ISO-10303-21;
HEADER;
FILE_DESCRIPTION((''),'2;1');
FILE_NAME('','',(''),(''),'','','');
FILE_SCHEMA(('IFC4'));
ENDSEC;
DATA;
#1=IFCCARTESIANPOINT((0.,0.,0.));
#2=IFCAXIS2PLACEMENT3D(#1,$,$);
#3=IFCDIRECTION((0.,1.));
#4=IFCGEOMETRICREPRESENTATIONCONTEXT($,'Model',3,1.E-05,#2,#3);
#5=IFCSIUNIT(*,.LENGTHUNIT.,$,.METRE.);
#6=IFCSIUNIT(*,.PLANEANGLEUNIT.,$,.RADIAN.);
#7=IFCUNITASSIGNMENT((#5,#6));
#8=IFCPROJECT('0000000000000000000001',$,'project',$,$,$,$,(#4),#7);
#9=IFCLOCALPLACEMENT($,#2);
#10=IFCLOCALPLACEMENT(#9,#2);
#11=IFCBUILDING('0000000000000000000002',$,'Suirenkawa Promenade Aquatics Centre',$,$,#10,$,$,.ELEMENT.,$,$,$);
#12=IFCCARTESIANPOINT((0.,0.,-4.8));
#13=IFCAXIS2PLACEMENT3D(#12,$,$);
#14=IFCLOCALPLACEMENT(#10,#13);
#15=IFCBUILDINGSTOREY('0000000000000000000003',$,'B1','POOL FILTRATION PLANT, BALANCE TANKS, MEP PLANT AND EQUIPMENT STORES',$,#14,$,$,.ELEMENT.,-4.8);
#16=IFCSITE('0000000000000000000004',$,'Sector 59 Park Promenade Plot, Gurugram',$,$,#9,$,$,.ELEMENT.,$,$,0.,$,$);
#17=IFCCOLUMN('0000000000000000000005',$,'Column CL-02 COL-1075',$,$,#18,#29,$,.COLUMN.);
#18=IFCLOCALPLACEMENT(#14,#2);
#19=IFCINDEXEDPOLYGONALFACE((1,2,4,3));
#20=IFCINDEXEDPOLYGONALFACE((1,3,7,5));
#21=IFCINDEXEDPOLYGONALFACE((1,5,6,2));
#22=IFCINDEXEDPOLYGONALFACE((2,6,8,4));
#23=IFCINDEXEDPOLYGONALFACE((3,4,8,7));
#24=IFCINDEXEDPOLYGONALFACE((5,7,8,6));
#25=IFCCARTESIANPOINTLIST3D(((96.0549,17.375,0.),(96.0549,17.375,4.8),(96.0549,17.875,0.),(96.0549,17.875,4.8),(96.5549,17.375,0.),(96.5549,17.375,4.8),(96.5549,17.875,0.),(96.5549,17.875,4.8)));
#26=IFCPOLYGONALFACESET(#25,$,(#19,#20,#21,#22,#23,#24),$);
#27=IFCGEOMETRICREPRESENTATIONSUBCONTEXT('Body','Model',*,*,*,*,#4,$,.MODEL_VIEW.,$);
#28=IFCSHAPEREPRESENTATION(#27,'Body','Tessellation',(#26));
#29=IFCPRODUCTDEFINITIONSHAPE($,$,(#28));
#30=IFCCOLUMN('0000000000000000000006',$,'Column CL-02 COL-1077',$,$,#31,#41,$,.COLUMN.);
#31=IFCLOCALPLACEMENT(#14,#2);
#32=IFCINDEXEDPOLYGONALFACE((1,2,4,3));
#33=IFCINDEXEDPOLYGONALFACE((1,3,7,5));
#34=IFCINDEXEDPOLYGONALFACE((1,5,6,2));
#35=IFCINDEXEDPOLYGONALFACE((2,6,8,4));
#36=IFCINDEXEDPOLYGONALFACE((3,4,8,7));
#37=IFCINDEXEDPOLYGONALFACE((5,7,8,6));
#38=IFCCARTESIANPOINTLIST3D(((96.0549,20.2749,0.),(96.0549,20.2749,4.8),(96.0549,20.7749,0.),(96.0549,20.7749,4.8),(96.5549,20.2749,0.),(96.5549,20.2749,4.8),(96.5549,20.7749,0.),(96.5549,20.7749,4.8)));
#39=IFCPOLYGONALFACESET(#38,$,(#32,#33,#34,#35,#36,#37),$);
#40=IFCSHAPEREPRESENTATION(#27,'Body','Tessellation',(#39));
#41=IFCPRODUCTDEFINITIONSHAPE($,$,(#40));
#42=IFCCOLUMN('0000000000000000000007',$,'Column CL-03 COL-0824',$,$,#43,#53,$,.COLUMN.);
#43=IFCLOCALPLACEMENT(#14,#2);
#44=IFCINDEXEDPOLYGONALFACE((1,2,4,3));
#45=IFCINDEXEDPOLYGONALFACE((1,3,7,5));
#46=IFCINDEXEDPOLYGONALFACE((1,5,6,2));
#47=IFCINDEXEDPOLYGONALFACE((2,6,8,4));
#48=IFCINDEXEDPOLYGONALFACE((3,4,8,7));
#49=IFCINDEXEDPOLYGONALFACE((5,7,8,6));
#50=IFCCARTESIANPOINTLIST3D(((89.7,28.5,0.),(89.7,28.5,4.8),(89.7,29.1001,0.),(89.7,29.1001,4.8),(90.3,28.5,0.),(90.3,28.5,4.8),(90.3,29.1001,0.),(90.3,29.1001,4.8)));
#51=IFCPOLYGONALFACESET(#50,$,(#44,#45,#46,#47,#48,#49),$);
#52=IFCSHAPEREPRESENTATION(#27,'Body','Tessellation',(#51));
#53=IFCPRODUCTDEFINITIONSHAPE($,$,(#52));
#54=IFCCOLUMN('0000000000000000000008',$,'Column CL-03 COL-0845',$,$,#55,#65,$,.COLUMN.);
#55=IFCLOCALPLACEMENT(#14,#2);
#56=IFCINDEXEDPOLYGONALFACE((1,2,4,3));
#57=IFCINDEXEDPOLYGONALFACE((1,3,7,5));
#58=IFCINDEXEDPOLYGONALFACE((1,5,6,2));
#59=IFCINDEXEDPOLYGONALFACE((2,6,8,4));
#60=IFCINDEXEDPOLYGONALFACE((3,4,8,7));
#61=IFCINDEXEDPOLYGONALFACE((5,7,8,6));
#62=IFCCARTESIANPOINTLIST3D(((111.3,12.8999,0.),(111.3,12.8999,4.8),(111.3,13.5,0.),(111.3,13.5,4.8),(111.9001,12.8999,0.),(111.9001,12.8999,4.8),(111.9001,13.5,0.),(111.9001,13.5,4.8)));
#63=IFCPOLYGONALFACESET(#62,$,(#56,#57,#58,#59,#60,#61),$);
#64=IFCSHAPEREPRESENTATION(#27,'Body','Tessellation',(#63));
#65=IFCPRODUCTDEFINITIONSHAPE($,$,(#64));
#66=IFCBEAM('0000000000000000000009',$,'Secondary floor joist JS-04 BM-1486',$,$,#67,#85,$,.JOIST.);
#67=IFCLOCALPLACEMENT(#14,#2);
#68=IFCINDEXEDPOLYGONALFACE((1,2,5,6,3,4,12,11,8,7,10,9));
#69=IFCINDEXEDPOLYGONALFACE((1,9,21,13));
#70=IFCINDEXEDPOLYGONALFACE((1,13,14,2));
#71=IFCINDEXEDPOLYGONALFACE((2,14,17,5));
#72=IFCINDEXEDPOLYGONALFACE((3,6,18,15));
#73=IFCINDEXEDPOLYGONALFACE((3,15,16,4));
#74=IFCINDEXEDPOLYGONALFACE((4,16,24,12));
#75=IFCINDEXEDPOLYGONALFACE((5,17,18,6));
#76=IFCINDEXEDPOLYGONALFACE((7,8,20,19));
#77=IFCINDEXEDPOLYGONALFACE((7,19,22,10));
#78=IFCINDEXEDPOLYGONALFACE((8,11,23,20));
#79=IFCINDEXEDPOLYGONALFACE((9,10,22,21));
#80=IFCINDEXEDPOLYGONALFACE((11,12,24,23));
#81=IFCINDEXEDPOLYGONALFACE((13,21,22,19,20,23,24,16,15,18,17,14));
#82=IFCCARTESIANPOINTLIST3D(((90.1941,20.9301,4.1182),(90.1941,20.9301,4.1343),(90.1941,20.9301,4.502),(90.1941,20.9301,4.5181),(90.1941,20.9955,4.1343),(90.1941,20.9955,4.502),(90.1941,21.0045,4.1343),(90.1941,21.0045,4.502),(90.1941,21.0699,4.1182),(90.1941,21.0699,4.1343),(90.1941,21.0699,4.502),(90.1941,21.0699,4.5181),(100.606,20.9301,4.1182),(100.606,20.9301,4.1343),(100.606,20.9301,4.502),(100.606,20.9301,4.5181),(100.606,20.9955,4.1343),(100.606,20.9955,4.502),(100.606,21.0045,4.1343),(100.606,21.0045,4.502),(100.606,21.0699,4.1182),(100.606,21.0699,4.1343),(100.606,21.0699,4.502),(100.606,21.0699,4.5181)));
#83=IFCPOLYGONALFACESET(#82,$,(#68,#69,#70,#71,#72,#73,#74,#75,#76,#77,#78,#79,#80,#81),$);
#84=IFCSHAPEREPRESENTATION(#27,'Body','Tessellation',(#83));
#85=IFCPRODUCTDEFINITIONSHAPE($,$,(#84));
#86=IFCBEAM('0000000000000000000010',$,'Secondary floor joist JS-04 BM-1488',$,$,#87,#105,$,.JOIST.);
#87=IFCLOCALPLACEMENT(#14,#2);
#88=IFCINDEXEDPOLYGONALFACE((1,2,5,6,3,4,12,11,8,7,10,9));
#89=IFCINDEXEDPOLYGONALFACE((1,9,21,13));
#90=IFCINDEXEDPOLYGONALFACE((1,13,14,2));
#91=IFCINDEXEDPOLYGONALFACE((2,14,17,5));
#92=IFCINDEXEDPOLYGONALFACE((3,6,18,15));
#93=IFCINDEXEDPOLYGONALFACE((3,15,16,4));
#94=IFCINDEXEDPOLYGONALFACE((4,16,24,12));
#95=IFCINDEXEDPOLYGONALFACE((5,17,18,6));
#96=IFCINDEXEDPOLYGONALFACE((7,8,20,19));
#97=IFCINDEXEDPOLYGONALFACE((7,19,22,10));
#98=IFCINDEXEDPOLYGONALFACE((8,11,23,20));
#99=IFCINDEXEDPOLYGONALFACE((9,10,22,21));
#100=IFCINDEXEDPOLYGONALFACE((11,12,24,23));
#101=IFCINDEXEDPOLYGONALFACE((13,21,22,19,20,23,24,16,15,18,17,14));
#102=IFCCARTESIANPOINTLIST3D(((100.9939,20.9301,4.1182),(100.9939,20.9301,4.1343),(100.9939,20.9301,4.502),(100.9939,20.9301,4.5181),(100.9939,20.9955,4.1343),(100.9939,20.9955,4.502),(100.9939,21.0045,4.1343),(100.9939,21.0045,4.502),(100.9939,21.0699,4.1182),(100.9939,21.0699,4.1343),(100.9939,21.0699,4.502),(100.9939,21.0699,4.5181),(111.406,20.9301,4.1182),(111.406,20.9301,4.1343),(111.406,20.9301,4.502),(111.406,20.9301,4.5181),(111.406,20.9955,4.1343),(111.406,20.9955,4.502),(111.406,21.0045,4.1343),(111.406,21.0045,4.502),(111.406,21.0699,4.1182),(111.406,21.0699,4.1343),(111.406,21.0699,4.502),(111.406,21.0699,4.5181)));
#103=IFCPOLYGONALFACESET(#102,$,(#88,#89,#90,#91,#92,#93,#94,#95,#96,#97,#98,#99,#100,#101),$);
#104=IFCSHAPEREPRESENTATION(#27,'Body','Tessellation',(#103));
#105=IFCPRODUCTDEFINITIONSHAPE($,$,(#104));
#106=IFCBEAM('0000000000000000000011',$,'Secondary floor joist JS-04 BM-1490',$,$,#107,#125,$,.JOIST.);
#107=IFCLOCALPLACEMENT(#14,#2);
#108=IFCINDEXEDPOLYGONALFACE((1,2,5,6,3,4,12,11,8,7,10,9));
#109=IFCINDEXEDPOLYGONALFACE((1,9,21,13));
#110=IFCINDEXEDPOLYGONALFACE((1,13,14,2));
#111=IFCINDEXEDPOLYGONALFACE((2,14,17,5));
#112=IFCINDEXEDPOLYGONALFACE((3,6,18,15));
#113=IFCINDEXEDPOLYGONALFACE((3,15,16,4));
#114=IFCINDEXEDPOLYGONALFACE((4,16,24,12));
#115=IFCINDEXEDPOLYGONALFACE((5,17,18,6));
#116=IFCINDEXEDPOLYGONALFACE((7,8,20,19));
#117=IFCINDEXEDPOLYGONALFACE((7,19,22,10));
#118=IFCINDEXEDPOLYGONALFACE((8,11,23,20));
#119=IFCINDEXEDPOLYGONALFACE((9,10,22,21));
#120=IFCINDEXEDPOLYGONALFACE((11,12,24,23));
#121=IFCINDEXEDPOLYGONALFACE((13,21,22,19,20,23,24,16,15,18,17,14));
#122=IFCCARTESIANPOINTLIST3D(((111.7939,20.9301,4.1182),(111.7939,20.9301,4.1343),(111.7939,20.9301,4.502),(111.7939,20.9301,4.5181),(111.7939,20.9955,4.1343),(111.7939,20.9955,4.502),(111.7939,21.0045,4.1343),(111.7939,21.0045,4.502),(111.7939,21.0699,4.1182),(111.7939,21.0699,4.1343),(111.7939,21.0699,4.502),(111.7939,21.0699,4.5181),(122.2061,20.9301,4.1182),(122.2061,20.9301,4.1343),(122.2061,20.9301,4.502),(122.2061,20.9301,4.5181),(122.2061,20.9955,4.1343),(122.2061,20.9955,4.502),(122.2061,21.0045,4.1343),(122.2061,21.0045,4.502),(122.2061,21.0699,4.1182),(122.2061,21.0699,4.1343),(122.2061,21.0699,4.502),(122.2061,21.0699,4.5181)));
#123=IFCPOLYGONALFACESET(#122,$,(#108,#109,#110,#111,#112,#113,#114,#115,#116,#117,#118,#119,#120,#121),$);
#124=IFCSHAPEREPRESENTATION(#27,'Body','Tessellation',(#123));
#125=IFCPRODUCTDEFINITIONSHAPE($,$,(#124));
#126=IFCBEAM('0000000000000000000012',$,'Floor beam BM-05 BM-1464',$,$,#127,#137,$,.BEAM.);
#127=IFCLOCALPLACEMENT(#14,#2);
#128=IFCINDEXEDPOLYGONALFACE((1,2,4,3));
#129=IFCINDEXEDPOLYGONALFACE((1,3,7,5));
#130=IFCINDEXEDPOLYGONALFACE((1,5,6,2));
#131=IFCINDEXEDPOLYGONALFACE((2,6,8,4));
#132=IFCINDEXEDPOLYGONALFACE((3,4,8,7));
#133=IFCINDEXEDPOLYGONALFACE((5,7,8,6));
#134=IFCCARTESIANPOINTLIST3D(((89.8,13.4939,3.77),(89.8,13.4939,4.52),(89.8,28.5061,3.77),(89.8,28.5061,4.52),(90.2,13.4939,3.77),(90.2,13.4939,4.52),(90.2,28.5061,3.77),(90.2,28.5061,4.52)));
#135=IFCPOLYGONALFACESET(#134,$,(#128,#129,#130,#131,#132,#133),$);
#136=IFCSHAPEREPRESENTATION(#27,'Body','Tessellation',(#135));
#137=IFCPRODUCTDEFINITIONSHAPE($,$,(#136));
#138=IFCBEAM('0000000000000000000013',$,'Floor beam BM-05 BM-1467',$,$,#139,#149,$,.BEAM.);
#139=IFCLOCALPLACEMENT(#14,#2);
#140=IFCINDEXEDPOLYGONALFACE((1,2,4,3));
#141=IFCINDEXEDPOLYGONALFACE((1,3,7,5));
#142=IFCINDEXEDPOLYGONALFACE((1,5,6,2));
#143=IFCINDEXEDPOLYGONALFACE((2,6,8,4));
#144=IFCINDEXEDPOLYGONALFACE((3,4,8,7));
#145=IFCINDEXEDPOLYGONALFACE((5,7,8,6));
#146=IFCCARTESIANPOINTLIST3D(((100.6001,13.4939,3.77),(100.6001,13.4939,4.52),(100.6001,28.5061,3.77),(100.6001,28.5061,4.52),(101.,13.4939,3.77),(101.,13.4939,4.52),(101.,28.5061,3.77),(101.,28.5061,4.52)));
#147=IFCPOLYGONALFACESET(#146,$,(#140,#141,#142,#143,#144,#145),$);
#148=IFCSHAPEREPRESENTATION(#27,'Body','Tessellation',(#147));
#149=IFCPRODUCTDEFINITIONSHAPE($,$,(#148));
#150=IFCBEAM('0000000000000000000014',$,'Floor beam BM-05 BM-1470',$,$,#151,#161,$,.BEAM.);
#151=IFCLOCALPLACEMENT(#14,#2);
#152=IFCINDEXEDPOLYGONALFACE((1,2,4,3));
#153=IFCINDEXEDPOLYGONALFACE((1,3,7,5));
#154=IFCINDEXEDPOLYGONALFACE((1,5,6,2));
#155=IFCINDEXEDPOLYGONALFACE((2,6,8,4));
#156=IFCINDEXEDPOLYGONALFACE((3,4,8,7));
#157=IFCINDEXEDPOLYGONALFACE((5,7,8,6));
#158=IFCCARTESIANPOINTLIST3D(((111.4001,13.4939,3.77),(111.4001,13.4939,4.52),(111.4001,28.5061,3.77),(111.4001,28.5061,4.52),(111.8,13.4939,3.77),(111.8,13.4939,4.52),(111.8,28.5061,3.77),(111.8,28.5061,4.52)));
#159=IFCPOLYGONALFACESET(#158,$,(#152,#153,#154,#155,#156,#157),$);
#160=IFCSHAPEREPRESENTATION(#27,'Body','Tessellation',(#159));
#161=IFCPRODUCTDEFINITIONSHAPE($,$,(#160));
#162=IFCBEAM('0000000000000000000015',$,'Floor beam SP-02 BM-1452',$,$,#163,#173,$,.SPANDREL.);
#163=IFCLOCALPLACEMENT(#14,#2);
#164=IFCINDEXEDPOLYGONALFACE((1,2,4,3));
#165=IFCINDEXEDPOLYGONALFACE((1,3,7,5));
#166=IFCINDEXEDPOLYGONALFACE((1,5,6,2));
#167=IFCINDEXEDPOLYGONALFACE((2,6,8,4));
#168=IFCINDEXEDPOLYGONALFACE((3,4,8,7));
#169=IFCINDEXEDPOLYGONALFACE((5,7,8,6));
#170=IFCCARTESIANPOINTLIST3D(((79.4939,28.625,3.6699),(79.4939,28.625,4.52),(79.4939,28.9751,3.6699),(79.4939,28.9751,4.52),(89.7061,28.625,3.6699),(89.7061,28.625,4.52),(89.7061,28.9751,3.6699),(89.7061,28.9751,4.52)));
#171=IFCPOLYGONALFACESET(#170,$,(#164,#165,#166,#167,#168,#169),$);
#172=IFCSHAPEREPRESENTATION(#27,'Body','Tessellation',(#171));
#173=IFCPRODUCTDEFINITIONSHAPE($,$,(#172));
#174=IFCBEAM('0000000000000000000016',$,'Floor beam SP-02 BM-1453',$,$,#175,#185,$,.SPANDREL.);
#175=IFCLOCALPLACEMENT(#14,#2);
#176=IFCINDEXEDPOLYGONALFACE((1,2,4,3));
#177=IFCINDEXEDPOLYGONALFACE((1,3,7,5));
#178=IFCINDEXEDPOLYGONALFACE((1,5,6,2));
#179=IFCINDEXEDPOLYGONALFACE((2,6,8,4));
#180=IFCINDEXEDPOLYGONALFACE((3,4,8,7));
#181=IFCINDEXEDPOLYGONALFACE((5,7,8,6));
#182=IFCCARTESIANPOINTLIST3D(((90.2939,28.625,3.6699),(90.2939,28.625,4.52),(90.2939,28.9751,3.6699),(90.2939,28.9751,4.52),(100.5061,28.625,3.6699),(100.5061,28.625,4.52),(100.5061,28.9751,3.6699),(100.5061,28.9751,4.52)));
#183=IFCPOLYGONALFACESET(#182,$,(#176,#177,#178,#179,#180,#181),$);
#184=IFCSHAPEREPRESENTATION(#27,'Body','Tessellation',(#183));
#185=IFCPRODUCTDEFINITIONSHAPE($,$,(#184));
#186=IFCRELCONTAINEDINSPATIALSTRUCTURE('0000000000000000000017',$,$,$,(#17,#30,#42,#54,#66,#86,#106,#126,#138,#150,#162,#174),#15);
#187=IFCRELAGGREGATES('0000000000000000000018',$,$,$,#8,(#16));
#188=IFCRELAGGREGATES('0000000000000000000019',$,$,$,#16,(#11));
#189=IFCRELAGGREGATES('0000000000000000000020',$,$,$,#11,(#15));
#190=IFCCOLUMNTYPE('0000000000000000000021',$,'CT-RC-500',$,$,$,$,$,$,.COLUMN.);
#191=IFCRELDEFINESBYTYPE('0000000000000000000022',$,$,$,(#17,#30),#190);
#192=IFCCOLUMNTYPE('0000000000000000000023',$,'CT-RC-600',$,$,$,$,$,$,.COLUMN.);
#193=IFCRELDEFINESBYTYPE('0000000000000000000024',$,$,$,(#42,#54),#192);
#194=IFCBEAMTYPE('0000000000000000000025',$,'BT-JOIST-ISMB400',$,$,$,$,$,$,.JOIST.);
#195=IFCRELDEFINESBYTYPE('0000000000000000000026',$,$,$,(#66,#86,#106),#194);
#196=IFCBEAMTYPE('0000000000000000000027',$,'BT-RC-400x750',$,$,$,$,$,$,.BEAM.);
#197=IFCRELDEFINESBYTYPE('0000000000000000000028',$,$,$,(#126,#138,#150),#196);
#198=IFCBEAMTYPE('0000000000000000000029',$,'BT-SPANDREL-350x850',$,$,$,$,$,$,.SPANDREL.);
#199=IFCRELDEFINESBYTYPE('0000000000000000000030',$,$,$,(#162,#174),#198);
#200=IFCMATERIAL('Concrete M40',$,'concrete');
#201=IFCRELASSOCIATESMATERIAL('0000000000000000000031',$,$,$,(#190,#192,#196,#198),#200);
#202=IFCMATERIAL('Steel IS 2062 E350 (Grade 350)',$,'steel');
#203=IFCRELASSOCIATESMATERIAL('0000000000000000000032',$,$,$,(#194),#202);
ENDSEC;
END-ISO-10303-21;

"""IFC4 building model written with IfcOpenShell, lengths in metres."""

from ifc_helpers import new_model, si_unit, direction, frame, origin, origin_2d, place, context, subcontext, project, spatial, rectangle, i_section, extrude, material, material_profile, profile_set, type_object, element, save


model = new_model("IFC4")

# Units and contexts
model_context = context("Model", 3, precision=1e-05, world=origin(), true_north=direction((0.0, 1.0)))
body_context = subcontext(model_context, "Body", "Model", "MODEL_VIEW")
ifc_project = project(units=[si_unit("LENGTHUNIT", "METRE"), si_unit("PLANEANGLEUNIT", "RADIAN")], contexts=[model_context])

# Site, building, storey
site_placement = place(None, origin())
site = spatial("IfcSite", under=ifc_project, at=site_placement, Name="Sector 59 Park Promenade Plot, Gurugram", CompositionType="ELEMENT", RefElevation=0.0)
building_placement = place(site_placement, origin())
building = spatial("IfcBuilding", under=site, at=building_placement, Name="Suirenkawa Promenade Aquatics Centre", CompositionType="ELEMENT")
storey_placement = place(building_placement, frame((0.0, 0.0, -4.8)))
storey = spatial("IfcBuildingStorey", under=building, at=storey_placement, Name="B1", Description="POOL FILTRATION PLANT, BALANCE TANKS, MEP PLANT AND EQUIPMENT STORES", CompositionType="ELEMENT", Elevation=-4.8)

# Columns
ifc_material_1 = material(Name="Concrete M40", Category="concrete")
ifc_material_profile_1 = material_profile(ifc_material_1, rectangle(XDim=0.5, YDim=0.5, at=origin_2d()), Name="RC COL 500x500", Category="concrete")
ifc_profile_set_1 = profile_set([ifc_material_profile_1], Name="Concrete M40")
column_type_1 = type_object("IfcColumnType", Name="CT-RC-500", PredefinedType="COLUMN", material=ifc_profile_set_1)
for number, where, z_axis, x_axis, name in (
    (1, (96.3049, 17.625, 0.0), (0.0, 0.0, 1.0), (1.0, 0.0, 0.0), "Column CL-02 COL-1075"),
    (2, (96.3049, 20.5249, 0.0), (0.0, 0.0, 1.0), (1.0, 0.0, 0.0), "Column CL-02 COL-1077"),
):
    element("IfcColumn", number, at=place(storey_placement, frame(where, z_axis=z_axis, x_axis=x_axis)), inside=storey, type_object=column_type_1, Name=name, PredefinedType="COLUMN", context=body_context, shape_type="SweptSolid", body=[
        extrude(rectangle(XDim=0.5, YDim=0.5, at=origin_2d()), origin(), (0.0, 0.0, 1.0), 4.8),
    ])
ifc_material_profile_2 = material_profile(ifc_material_1, rectangle(XDim=0.6001, YDim=0.6001, at=origin_2d()), Name="RC COL 600x600", Category="concrete")
ifc_profile_set_2 = profile_set([ifc_material_profile_2], Name="Concrete M40")
column_type_2 = type_object("IfcColumnType", Name="CT-RC-600", PredefinedType="COLUMN", material=ifc_profile_set_2)
for number, where, z_axis, x_axis, name in (
    (3, (90.0, 28.8, 0.0), (0.0, 0.0, 1.0), (1.0, 0.0, 0.0), "Column CL-03 COL-0824"),
    (4, (111.6001, 13.2, 0.0), (0.0, 0.0, 1.0), (1.0, 0.0, 0.0), "Column CL-03 COL-0845"),
):
    element("IfcColumn", number, at=place(storey_placement, frame(where, z_axis=z_axis, x_axis=x_axis)), inside=storey, type_object=column_type_2, Name=name, PredefinedType="COLUMN", context=body_context, shape_type="SweptSolid", body=[
        extrude(rectangle(XDim=0.6001, YDim=0.6001, at=origin_2d()), origin(), (0.0, 0.0, 1.0), 4.8),
    ])

# Beams
ifc_material_2 = material(Name="Steel IS 2062 E350 (Grade 350)", Category="steel")
ifc_material_profile_3 = material_profile(ifc_material_2, i_section(OverallWidth=0.1399, OverallDepth=0.3999, WebThickness=0.009, FlangeThickness=0.0161, at=origin_2d()), Name="ISMB 400", Category="steel")
ifc_profile_set_3 = profile_set([ifc_material_profile_3], Name="Steel IS 2062 E350 (Grade 350)")
beam_type_1 = type_object("IfcBeamType", Name="BT-JOIST-ISMB400", PredefinedType="JOIST", material=ifc_profile_set_3)
beam_placement = place(storey_placement, frame((90.1941, 21.0, 4.3181), z_axis=(1.0, 0.0, 0.0), x_axis=(0.0, 1.0, 0.0)))
element("IfcBeam", 5, at=beam_placement, inside=storey, type_object=beam_type_1, Name="Secondary floor joist JS-04 BM-1486", PredefinedType="JOIST", context=body_context, shape_type="SweptSolid", body=[
    extrude(i_section(OverallWidth=0.1399, OverallDepth=0.3999, WebThickness=0.009, FlangeThickness=0.0161, at=origin_2d()), origin(), (0.0, 0.0, 1.0), 10.4119),
])
for number, where, z_axis, x_axis, name in (
    (6, (100.9939, 21.0, 4.3181), (1.0, 0.0, 0.0), (0.0, 1.0, 0.0), "Secondary floor joist JS-04 BM-1488"),
    (7, (111.7939, 21.0, 4.3181), (1.0, 0.0, 0.0), (0.0, 1.0, 0.0), "Secondary floor joist JS-04 BM-1490"),
):
    element("IfcBeam", number, at=place(storey_placement, frame(where, z_axis=z_axis, x_axis=x_axis)), inside=storey, type_object=beam_type_1, Name=name, PredefinedType="JOIST", context=body_context, shape_type="SweptSolid", body=[
        extrude(i_section(OverallWidth=0.1399, OverallDepth=0.3999, WebThickness=0.009, FlangeThickness=0.0161, at=origin_2d()), origin(), (0.0, 0.0, 1.0), 10.4121),
    ])
ifc_material_profile_4 = material_profile(ifc_material_1, rectangle(XDim=0.3999, YDim=0.75, at=origin_2d()), Name="RC BM 400x750", Category="concrete")
ifc_profile_set_4 = profile_set([ifc_material_profile_4], Name="Concrete M40")
beam_type_2 = type_object("IfcBeamType", Name="BT-RC-400x750", PredefinedType="BEAM", material=ifc_profile_set_4)
for number, where, z_axis, x_axis, name in (
    (8, (90.0, 13.4939, 4.145), (0.0, 1.0, 0.0), (-1.0, 0.0, 0.0), "Floor beam BM-05 BM-1464"),
    (9, (100.8, 13.4939, 4.145), (0.0, 1.0, 0.0), (-1.0, 0.0, 0.0), "Floor beam BM-05 BM-1467"),
    (10, (111.6001, 13.4939, 4.145), (0.0, 1.0, 0.0), (-1.0, 0.0, 0.0), "Floor beam BM-05 BM-1470"),
):
    element("IfcBeam", number, at=place(storey_placement, frame(where, z_axis=z_axis, x_axis=x_axis)), inside=storey, type_object=beam_type_2, Name=name, PredefinedType="BEAM", context=body_context, shape_type="SweptSolid", body=[
        extrude(rectangle(XDim=0.3999, YDim=0.75, at=origin_2d()), origin(), (0.0, 0.0, 1.0), 15.0122),
    ])
ifc_material_profile_5 = material_profile(ifc_material_1, rectangle(XDim=0.3501, YDim=0.8501, at=origin_2d()), Name="RC SPANDREL 350x850", Category="concrete")
ifc_profile_set_5 = profile_set([ifc_material_profile_5], Name="Concrete M40")
beam_type_3 = type_object("IfcBeamType", Name="BT-SPANDREL-350x850", PredefinedType="SPANDREL", material=ifc_profile_set_5)
for number, where, z_axis, x_axis, name in (
    (11, (79.4939, 28.8, 4.095), (1.0, 0.0, 0.0), (0.0, 1.0, 0.0), "Floor beam SP-02 BM-1452"),
    (12, (90.2939, 28.8, 4.095), (1.0, 0.0, 0.0), (0.0, 1.0, 0.0), "Floor beam SP-02 BM-1453"),
):
    element("IfcBeam", number, at=place(storey_placement, frame(where, z_axis=z_axis, x_axis=x_axis)), inside=storey, type_object=beam_type_3, Name=name, PredefinedType="SPANDREL", context=body_context, shape_type="SweptSolid", body=[
        extrude(rectangle(XDim=0.3501, YDim=0.8501, at=origin_2d()), origin(), (0.0, 0.0, 1.0), 10.2122),
    ])

save(model, "model.ifc")
